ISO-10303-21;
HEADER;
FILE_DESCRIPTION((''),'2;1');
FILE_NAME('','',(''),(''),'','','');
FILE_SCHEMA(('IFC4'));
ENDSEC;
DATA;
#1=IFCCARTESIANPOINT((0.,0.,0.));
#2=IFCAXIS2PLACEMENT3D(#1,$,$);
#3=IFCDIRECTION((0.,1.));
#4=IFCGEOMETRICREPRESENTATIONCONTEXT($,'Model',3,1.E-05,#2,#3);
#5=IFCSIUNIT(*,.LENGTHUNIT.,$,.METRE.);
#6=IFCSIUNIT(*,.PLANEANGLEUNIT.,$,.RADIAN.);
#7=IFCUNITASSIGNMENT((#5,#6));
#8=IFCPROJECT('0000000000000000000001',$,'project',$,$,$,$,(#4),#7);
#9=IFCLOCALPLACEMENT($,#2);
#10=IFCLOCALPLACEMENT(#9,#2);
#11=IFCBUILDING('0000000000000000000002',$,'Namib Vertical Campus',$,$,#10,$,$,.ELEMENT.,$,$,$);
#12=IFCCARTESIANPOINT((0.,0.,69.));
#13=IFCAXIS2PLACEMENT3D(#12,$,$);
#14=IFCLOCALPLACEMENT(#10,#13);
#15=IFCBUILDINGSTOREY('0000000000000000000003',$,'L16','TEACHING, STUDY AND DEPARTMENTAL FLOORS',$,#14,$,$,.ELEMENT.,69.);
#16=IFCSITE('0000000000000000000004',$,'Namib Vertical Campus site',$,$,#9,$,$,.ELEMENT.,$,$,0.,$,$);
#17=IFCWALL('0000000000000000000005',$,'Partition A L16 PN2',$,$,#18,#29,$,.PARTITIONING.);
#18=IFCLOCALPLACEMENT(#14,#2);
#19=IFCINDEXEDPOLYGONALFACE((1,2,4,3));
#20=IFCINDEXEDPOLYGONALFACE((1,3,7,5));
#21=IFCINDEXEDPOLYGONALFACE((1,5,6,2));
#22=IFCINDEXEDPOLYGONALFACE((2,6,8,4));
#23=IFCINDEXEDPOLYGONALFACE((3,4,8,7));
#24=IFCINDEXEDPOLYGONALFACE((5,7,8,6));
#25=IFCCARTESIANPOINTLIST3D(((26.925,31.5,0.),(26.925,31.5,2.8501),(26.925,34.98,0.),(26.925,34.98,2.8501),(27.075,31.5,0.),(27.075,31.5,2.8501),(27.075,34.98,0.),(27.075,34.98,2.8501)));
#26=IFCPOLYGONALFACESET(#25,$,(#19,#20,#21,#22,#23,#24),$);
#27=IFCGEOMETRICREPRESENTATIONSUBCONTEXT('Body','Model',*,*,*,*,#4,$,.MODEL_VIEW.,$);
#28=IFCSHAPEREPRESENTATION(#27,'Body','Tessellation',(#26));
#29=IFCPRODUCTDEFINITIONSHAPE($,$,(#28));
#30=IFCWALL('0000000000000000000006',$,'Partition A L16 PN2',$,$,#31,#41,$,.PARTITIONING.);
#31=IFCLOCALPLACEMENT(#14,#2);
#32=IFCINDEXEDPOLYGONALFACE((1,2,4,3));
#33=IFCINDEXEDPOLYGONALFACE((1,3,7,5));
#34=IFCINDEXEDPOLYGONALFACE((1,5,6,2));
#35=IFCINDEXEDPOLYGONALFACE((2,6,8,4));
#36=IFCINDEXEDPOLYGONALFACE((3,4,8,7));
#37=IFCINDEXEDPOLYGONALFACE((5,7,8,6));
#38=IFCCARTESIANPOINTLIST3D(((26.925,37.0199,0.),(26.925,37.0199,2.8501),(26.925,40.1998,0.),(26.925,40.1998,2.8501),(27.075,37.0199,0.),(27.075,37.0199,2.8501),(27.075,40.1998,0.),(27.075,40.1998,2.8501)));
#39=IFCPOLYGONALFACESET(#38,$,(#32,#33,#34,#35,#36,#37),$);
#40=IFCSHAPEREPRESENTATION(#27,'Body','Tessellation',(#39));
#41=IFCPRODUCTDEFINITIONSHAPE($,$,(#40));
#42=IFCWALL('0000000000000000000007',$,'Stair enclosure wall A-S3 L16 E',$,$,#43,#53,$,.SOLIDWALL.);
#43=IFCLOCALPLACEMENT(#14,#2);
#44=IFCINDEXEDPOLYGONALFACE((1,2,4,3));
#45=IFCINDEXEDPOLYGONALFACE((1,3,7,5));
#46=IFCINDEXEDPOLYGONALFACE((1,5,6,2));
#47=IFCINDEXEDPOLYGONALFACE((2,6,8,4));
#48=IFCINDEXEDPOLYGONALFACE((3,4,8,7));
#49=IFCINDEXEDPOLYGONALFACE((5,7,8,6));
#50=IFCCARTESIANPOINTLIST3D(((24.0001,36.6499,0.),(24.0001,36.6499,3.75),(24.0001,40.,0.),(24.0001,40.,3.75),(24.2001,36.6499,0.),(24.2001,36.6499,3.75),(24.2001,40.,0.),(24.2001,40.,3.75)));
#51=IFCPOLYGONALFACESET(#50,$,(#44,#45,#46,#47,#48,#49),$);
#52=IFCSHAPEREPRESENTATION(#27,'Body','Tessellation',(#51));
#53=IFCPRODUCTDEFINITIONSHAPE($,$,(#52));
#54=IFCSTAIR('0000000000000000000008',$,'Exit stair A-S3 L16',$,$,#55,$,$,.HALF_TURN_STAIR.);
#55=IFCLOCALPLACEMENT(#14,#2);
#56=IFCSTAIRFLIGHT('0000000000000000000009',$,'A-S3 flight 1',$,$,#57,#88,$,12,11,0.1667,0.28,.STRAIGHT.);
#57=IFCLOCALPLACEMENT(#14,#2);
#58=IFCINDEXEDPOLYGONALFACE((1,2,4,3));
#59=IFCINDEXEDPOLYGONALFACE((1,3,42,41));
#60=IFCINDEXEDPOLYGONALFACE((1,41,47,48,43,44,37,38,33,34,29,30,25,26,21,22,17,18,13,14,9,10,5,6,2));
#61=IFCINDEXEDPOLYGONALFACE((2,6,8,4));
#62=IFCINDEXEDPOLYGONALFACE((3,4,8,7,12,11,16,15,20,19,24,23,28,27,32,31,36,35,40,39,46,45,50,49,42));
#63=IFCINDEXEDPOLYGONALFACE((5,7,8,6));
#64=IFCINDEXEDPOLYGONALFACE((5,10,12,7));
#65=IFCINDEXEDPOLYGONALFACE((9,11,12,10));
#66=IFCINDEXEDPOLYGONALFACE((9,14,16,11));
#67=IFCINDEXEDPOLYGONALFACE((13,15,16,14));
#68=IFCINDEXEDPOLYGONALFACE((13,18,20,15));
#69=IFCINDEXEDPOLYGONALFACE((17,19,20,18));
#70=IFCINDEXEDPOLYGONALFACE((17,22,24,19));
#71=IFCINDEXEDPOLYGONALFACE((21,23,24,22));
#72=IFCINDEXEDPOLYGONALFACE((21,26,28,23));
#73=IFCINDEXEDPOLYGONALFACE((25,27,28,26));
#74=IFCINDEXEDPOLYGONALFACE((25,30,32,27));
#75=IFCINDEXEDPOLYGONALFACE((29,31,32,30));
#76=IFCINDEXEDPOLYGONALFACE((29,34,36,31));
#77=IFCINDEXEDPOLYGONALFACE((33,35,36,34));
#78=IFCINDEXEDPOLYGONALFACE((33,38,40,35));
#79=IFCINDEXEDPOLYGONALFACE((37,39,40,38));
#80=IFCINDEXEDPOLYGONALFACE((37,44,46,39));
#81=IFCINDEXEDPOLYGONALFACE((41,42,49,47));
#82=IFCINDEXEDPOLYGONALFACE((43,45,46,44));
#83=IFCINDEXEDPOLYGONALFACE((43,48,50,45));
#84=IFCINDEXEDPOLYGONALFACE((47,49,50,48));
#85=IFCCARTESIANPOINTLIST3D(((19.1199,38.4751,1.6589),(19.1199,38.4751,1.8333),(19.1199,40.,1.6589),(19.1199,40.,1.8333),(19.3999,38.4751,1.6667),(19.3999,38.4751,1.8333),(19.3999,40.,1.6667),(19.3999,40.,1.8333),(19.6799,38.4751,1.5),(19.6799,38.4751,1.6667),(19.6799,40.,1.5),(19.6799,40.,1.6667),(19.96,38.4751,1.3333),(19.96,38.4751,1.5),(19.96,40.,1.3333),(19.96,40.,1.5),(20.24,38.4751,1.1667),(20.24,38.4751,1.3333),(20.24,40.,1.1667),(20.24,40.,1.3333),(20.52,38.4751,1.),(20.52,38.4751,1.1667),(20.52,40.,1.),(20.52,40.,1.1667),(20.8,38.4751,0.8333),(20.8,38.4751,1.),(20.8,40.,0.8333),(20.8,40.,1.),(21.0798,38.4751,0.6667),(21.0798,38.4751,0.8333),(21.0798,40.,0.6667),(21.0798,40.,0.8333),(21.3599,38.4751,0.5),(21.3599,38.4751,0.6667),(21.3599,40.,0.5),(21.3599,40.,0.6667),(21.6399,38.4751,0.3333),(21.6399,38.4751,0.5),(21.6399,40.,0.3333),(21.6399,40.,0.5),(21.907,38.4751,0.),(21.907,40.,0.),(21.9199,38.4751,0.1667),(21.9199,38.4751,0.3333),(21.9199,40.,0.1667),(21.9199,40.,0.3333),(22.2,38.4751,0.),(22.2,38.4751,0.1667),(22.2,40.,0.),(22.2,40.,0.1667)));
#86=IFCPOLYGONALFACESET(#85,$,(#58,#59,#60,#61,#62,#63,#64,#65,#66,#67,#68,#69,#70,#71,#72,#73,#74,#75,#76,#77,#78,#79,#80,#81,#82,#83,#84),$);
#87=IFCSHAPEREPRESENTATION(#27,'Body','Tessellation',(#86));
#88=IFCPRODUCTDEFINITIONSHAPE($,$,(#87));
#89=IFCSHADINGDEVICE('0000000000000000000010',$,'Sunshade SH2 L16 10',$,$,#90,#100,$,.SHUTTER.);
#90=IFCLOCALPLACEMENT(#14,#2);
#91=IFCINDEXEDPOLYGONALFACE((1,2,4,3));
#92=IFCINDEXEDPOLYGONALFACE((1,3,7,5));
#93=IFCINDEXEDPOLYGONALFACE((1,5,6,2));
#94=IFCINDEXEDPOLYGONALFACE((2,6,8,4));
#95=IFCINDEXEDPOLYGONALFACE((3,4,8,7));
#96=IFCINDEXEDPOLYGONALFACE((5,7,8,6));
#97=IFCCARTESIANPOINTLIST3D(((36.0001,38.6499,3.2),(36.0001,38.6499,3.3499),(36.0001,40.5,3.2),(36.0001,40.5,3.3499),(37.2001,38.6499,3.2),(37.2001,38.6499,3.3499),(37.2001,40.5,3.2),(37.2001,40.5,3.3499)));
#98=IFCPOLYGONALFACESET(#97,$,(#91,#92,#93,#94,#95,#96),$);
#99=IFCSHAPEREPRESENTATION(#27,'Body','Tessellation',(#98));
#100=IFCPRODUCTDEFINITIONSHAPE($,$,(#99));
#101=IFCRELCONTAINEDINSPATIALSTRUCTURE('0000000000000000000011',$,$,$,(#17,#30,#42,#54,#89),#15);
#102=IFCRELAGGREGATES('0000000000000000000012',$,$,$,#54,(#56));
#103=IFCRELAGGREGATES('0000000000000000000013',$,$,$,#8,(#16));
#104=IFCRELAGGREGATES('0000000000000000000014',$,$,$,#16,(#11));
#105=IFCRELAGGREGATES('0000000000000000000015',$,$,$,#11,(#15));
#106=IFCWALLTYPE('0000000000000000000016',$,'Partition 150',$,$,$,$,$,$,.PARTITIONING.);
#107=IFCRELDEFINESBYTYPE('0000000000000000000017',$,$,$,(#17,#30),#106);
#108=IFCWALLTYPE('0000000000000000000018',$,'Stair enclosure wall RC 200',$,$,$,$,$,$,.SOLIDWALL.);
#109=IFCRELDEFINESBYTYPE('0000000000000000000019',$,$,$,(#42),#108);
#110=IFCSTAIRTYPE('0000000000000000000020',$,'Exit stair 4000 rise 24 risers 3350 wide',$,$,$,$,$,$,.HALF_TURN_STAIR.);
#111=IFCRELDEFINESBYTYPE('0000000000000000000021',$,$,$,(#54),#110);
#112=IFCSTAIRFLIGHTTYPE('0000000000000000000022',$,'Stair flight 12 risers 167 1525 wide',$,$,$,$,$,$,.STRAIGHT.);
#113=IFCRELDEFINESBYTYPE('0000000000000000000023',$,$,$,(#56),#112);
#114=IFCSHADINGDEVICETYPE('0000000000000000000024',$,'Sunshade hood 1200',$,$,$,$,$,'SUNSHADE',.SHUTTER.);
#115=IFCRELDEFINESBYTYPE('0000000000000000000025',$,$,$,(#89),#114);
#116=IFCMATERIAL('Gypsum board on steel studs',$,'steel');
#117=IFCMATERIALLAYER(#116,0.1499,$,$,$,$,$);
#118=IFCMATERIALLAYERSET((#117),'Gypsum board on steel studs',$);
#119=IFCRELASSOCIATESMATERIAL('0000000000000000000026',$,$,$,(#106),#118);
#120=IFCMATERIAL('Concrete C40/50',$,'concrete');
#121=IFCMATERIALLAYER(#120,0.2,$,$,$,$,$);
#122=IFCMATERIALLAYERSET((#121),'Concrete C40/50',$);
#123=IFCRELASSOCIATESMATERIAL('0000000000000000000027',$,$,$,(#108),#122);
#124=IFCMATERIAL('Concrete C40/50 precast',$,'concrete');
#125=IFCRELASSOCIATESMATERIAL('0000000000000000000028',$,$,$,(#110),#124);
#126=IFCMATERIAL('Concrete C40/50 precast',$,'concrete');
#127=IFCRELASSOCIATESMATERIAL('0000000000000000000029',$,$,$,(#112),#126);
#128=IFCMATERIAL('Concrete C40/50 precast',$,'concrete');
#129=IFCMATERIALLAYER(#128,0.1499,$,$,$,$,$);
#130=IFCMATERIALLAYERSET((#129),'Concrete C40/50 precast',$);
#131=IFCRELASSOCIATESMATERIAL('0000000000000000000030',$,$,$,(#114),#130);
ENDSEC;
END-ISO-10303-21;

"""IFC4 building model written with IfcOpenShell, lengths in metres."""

from ifc_helpers import new_model, si_unit, direction, frame, frame_2d, origin, origin_2d, place, context, subcontext, project, spatial, polyline, rectangle, outline, extrude, material, layer, layer_set, type_object, element, aggregate, save


model = new_model("IFC4")

# Units and contexts
model_context = context("Model", 3, precision=1e-05, world=origin(), true_north=direction((0.0, 1.0)))
body_context = subcontext(model_context, "Body", "Model", "MODEL_VIEW")
ifc_project = project(units=[si_unit("LENGTHUNIT", "METRE"), si_unit("PLANEANGLEUNIT", "RADIAN")], contexts=[model_context])

# Site, building, storey
site_placement = place(None, origin())
site = spatial("IfcSite", under=ifc_project, at=site_placement, Name="Namib Vertical Campus site", CompositionType="ELEMENT", RefElevation=0.0)
building_placement = place(site_placement, origin())
building = spatial("IfcBuilding", under=site, at=building_placement, Name="Namib Vertical Campus", CompositionType="ELEMENT")
storey_placement = place(building_placement, frame((0.0, 0.0, 69.0)))
storey = spatial("IfcBuildingStorey", under=building, at=storey_placement, Name="L16", Description="TEACHING, STUDY AND DEPARTMENTAL FLOORS", CompositionType="ELEMENT", Elevation=69.0)

# Walls
ifc_material_1 = material(Name="Gypsum board on steel studs", Category="steel")
ifc_layer_1 = layer(ifc_material_1, 0.1499)
ifc_layer_set_1 = layer_set([ifc_layer_1], Name="Gypsum board on steel studs")
wall_type_1 = type_object("IfcWallType", Name="Partition 150", PredefinedType="PARTITIONING", material=ifc_layer_set_1)
wall_1_placement = place(storey_placement, frame((27.0, 31.5, 0.0), z_axis=(0.0, 0.0, 1.0), x_axis=(0.0, 1.0, 0.0)))
element("IfcWall", 1, at=wall_1_placement, inside=storey, type_object=wall_type_1, Name="Partition A L16 PN2", PredefinedType="PARTITIONING", context=body_context, shape_type="SweptSolid", body=[
    extrude(rectangle(XDim=3.48, YDim=0.1499, at=frame_2d((1.74, 0.0))), origin(), (0.0, 0.0, 1.0), 2.8501),
])
wall_2_placement = place(storey_placement, frame((27.0, 37.02, 0.0), z_axis=(0.0, 0.0, 1.0), x_axis=(0.0, 1.0, 0.0)))
element("IfcWall", 2, at=wall_2_placement, inside=storey, type_object=wall_type_1, Name="Partition A L16 PN2", PredefinedType="PARTITIONING", context=body_context, shape_type="SweptSolid", body=[
    extrude(rectangle(XDim=3.1799, YDim=0.1499, at=frame_2d((1.5898, 0.0))), origin(), (0.0, 0.0, 1.0), 2.8501),
])
ifc_material_2 = material(Name="Concrete C40/50", Category="concrete")
ifc_layer_2 = layer(ifc_material_2, 0.2)
ifc_layer_set_2 = layer_set([ifc_layer_2], Name="Concrete C40/50")
wall_type_2 = type_object("IfcWallType", Name="Stair enclosure wall RC 200", PredefinedType="SOLIDWALL", material=ifc_layer_set_2)
wall_3_placement = place(storey_placement, frame((24.1001, 36.6499, 0.0), z_axis=(0.0, 0.0, 1.0), x_axis=(0.0, 1.0, 0.0)))
element("IfcWall", 3, at=wall_3_placement, inside=storey, type_object=wall_type_2, Name="Stair enclosure wall A-S3 L16 E", PredefinedType="SOLIDWALL", context=body_context, shape_type="SweptSolid", body=[
    extrude(rectangle(XDim=3.3501, YDim=0.2, at=frame_2d((1.675, 0.0))), origin(), (0.0, 0.0, 1.0), 3.75),
])

# Stair, stair flight
ifc_material_3 = material(Name="Concrete C40/50 precast", Category="concrete")
stair_type = type_object("IfcStairType", Name="Exit stair 4000 rise 24 risers 3350 wide", PredefinedType="HALF_TURN_STAIR", material=ifc_material_3)
stair_placement = place(storey_placement, origin())
stair = element("IfcStair", 4, at=stair_placement, inside=storey, type_object=stair_type, Name="Exit stair A-S3 L16", PredefinedType="HALF_TURN_STAIR")
ifc_material_4 = material(Name="Concrete C40/50 precast", Category="concrete")
stair_flight_type = type_object("IfcStairFlightType", Name="Stair flight 12 risers 167 1525 wide", PredefinedType="STRAIGHT", material=ifc_material_4)
stair_flight_placement = place(storey_placement, frame((22.2, 39.2375, 0.0), z_axis=(0.0, 0.0, 1.0), x_axis=(-1.0, 0.0, 0.0)))
stair_flight = element("IfcStairFlight", 5, at=stair_flight_placement, type_object=stair_flight_type, Name="A-S3 flight 1", NumberOfRisers=12, NumberOfTreads=11, PredefinedType="STRAIGHT", RiserHeight=0.1667, TreadLength=0.28, context=body_context, shape_type="SweptSolid", body=[
    extrude(outline(polyline([(0.0, 0.0), (0.0, 0.1667), (0.28, 0.1667), (0.28, 0.3333), (0.5601, 0.3333), (0.5601, 0.5), (0.8401, 0.5), (0.8401, 0.6667), (1.1201, 0.6667), (1.1201, 0.8333), (1.3999, 0.8333), (1.3999, 1.0), (1.6799, 1.0), (1.6799, 1.1667), (1.96, 1.1667), (1.96, 1.3333), (2.24, 1.3333), (2.24, 1.5), (2.52, 1.5), (2.52, 1.6667), (2.8, 1.6667), (2.8, 1.8333), (3.0801, 1.8333), (3.0801, 2.0), (3.0801, 1.6589), (0.293, 0.0), (0.0, 0.0)])), frame((0.0, 0.7625, 0.0), z_axis=(0.0, -1.0, 0.0), x_axis=(1.0, 0.0, 0.0)), (0.0, 0.0, 1.0), 1.5249),
])
aggregate(stair, [stair_flight])

# Shading device
ifc_material_5 = material(Name="Concrete C40/50 precast", Category="concrete")
ifc_layer_3 = layer(ifc_material_5, 0.1499)
ifc_layer_set_3 = layer_set([ifc_layer_3], Name="Concrete C40/50 precast")
shading_device_type = type_object("IfcShadingDeviceType", Name="Sunshade hood 1200", ElementType="SUNSHADE", PredefinedType="SHUTTER", material=ifc_layer_set_3)
shading_device_placement = place(storey_placement, frame((36.6001, 39.575, 3.2), z_axis=(0.0, 0.0, 1.0), x_axis=(0.0, 1.0, 0.0)))
element("IfcShadingDevice", 6, at=shading_device_placement, inside=storey, type_object=shading_device_type, Name="Sunshade SH2 L16 10", PredefinedType="SHUTTER", context=body_context, shape_type="SweptSolid", body=[
    extrude(rectangle(XDim=1.8501, YDim=1.2, at=origin_2d()), origin(), (0.0, 0.0, 1.0), 0.1499),
])

save(model, "model.ifc")
